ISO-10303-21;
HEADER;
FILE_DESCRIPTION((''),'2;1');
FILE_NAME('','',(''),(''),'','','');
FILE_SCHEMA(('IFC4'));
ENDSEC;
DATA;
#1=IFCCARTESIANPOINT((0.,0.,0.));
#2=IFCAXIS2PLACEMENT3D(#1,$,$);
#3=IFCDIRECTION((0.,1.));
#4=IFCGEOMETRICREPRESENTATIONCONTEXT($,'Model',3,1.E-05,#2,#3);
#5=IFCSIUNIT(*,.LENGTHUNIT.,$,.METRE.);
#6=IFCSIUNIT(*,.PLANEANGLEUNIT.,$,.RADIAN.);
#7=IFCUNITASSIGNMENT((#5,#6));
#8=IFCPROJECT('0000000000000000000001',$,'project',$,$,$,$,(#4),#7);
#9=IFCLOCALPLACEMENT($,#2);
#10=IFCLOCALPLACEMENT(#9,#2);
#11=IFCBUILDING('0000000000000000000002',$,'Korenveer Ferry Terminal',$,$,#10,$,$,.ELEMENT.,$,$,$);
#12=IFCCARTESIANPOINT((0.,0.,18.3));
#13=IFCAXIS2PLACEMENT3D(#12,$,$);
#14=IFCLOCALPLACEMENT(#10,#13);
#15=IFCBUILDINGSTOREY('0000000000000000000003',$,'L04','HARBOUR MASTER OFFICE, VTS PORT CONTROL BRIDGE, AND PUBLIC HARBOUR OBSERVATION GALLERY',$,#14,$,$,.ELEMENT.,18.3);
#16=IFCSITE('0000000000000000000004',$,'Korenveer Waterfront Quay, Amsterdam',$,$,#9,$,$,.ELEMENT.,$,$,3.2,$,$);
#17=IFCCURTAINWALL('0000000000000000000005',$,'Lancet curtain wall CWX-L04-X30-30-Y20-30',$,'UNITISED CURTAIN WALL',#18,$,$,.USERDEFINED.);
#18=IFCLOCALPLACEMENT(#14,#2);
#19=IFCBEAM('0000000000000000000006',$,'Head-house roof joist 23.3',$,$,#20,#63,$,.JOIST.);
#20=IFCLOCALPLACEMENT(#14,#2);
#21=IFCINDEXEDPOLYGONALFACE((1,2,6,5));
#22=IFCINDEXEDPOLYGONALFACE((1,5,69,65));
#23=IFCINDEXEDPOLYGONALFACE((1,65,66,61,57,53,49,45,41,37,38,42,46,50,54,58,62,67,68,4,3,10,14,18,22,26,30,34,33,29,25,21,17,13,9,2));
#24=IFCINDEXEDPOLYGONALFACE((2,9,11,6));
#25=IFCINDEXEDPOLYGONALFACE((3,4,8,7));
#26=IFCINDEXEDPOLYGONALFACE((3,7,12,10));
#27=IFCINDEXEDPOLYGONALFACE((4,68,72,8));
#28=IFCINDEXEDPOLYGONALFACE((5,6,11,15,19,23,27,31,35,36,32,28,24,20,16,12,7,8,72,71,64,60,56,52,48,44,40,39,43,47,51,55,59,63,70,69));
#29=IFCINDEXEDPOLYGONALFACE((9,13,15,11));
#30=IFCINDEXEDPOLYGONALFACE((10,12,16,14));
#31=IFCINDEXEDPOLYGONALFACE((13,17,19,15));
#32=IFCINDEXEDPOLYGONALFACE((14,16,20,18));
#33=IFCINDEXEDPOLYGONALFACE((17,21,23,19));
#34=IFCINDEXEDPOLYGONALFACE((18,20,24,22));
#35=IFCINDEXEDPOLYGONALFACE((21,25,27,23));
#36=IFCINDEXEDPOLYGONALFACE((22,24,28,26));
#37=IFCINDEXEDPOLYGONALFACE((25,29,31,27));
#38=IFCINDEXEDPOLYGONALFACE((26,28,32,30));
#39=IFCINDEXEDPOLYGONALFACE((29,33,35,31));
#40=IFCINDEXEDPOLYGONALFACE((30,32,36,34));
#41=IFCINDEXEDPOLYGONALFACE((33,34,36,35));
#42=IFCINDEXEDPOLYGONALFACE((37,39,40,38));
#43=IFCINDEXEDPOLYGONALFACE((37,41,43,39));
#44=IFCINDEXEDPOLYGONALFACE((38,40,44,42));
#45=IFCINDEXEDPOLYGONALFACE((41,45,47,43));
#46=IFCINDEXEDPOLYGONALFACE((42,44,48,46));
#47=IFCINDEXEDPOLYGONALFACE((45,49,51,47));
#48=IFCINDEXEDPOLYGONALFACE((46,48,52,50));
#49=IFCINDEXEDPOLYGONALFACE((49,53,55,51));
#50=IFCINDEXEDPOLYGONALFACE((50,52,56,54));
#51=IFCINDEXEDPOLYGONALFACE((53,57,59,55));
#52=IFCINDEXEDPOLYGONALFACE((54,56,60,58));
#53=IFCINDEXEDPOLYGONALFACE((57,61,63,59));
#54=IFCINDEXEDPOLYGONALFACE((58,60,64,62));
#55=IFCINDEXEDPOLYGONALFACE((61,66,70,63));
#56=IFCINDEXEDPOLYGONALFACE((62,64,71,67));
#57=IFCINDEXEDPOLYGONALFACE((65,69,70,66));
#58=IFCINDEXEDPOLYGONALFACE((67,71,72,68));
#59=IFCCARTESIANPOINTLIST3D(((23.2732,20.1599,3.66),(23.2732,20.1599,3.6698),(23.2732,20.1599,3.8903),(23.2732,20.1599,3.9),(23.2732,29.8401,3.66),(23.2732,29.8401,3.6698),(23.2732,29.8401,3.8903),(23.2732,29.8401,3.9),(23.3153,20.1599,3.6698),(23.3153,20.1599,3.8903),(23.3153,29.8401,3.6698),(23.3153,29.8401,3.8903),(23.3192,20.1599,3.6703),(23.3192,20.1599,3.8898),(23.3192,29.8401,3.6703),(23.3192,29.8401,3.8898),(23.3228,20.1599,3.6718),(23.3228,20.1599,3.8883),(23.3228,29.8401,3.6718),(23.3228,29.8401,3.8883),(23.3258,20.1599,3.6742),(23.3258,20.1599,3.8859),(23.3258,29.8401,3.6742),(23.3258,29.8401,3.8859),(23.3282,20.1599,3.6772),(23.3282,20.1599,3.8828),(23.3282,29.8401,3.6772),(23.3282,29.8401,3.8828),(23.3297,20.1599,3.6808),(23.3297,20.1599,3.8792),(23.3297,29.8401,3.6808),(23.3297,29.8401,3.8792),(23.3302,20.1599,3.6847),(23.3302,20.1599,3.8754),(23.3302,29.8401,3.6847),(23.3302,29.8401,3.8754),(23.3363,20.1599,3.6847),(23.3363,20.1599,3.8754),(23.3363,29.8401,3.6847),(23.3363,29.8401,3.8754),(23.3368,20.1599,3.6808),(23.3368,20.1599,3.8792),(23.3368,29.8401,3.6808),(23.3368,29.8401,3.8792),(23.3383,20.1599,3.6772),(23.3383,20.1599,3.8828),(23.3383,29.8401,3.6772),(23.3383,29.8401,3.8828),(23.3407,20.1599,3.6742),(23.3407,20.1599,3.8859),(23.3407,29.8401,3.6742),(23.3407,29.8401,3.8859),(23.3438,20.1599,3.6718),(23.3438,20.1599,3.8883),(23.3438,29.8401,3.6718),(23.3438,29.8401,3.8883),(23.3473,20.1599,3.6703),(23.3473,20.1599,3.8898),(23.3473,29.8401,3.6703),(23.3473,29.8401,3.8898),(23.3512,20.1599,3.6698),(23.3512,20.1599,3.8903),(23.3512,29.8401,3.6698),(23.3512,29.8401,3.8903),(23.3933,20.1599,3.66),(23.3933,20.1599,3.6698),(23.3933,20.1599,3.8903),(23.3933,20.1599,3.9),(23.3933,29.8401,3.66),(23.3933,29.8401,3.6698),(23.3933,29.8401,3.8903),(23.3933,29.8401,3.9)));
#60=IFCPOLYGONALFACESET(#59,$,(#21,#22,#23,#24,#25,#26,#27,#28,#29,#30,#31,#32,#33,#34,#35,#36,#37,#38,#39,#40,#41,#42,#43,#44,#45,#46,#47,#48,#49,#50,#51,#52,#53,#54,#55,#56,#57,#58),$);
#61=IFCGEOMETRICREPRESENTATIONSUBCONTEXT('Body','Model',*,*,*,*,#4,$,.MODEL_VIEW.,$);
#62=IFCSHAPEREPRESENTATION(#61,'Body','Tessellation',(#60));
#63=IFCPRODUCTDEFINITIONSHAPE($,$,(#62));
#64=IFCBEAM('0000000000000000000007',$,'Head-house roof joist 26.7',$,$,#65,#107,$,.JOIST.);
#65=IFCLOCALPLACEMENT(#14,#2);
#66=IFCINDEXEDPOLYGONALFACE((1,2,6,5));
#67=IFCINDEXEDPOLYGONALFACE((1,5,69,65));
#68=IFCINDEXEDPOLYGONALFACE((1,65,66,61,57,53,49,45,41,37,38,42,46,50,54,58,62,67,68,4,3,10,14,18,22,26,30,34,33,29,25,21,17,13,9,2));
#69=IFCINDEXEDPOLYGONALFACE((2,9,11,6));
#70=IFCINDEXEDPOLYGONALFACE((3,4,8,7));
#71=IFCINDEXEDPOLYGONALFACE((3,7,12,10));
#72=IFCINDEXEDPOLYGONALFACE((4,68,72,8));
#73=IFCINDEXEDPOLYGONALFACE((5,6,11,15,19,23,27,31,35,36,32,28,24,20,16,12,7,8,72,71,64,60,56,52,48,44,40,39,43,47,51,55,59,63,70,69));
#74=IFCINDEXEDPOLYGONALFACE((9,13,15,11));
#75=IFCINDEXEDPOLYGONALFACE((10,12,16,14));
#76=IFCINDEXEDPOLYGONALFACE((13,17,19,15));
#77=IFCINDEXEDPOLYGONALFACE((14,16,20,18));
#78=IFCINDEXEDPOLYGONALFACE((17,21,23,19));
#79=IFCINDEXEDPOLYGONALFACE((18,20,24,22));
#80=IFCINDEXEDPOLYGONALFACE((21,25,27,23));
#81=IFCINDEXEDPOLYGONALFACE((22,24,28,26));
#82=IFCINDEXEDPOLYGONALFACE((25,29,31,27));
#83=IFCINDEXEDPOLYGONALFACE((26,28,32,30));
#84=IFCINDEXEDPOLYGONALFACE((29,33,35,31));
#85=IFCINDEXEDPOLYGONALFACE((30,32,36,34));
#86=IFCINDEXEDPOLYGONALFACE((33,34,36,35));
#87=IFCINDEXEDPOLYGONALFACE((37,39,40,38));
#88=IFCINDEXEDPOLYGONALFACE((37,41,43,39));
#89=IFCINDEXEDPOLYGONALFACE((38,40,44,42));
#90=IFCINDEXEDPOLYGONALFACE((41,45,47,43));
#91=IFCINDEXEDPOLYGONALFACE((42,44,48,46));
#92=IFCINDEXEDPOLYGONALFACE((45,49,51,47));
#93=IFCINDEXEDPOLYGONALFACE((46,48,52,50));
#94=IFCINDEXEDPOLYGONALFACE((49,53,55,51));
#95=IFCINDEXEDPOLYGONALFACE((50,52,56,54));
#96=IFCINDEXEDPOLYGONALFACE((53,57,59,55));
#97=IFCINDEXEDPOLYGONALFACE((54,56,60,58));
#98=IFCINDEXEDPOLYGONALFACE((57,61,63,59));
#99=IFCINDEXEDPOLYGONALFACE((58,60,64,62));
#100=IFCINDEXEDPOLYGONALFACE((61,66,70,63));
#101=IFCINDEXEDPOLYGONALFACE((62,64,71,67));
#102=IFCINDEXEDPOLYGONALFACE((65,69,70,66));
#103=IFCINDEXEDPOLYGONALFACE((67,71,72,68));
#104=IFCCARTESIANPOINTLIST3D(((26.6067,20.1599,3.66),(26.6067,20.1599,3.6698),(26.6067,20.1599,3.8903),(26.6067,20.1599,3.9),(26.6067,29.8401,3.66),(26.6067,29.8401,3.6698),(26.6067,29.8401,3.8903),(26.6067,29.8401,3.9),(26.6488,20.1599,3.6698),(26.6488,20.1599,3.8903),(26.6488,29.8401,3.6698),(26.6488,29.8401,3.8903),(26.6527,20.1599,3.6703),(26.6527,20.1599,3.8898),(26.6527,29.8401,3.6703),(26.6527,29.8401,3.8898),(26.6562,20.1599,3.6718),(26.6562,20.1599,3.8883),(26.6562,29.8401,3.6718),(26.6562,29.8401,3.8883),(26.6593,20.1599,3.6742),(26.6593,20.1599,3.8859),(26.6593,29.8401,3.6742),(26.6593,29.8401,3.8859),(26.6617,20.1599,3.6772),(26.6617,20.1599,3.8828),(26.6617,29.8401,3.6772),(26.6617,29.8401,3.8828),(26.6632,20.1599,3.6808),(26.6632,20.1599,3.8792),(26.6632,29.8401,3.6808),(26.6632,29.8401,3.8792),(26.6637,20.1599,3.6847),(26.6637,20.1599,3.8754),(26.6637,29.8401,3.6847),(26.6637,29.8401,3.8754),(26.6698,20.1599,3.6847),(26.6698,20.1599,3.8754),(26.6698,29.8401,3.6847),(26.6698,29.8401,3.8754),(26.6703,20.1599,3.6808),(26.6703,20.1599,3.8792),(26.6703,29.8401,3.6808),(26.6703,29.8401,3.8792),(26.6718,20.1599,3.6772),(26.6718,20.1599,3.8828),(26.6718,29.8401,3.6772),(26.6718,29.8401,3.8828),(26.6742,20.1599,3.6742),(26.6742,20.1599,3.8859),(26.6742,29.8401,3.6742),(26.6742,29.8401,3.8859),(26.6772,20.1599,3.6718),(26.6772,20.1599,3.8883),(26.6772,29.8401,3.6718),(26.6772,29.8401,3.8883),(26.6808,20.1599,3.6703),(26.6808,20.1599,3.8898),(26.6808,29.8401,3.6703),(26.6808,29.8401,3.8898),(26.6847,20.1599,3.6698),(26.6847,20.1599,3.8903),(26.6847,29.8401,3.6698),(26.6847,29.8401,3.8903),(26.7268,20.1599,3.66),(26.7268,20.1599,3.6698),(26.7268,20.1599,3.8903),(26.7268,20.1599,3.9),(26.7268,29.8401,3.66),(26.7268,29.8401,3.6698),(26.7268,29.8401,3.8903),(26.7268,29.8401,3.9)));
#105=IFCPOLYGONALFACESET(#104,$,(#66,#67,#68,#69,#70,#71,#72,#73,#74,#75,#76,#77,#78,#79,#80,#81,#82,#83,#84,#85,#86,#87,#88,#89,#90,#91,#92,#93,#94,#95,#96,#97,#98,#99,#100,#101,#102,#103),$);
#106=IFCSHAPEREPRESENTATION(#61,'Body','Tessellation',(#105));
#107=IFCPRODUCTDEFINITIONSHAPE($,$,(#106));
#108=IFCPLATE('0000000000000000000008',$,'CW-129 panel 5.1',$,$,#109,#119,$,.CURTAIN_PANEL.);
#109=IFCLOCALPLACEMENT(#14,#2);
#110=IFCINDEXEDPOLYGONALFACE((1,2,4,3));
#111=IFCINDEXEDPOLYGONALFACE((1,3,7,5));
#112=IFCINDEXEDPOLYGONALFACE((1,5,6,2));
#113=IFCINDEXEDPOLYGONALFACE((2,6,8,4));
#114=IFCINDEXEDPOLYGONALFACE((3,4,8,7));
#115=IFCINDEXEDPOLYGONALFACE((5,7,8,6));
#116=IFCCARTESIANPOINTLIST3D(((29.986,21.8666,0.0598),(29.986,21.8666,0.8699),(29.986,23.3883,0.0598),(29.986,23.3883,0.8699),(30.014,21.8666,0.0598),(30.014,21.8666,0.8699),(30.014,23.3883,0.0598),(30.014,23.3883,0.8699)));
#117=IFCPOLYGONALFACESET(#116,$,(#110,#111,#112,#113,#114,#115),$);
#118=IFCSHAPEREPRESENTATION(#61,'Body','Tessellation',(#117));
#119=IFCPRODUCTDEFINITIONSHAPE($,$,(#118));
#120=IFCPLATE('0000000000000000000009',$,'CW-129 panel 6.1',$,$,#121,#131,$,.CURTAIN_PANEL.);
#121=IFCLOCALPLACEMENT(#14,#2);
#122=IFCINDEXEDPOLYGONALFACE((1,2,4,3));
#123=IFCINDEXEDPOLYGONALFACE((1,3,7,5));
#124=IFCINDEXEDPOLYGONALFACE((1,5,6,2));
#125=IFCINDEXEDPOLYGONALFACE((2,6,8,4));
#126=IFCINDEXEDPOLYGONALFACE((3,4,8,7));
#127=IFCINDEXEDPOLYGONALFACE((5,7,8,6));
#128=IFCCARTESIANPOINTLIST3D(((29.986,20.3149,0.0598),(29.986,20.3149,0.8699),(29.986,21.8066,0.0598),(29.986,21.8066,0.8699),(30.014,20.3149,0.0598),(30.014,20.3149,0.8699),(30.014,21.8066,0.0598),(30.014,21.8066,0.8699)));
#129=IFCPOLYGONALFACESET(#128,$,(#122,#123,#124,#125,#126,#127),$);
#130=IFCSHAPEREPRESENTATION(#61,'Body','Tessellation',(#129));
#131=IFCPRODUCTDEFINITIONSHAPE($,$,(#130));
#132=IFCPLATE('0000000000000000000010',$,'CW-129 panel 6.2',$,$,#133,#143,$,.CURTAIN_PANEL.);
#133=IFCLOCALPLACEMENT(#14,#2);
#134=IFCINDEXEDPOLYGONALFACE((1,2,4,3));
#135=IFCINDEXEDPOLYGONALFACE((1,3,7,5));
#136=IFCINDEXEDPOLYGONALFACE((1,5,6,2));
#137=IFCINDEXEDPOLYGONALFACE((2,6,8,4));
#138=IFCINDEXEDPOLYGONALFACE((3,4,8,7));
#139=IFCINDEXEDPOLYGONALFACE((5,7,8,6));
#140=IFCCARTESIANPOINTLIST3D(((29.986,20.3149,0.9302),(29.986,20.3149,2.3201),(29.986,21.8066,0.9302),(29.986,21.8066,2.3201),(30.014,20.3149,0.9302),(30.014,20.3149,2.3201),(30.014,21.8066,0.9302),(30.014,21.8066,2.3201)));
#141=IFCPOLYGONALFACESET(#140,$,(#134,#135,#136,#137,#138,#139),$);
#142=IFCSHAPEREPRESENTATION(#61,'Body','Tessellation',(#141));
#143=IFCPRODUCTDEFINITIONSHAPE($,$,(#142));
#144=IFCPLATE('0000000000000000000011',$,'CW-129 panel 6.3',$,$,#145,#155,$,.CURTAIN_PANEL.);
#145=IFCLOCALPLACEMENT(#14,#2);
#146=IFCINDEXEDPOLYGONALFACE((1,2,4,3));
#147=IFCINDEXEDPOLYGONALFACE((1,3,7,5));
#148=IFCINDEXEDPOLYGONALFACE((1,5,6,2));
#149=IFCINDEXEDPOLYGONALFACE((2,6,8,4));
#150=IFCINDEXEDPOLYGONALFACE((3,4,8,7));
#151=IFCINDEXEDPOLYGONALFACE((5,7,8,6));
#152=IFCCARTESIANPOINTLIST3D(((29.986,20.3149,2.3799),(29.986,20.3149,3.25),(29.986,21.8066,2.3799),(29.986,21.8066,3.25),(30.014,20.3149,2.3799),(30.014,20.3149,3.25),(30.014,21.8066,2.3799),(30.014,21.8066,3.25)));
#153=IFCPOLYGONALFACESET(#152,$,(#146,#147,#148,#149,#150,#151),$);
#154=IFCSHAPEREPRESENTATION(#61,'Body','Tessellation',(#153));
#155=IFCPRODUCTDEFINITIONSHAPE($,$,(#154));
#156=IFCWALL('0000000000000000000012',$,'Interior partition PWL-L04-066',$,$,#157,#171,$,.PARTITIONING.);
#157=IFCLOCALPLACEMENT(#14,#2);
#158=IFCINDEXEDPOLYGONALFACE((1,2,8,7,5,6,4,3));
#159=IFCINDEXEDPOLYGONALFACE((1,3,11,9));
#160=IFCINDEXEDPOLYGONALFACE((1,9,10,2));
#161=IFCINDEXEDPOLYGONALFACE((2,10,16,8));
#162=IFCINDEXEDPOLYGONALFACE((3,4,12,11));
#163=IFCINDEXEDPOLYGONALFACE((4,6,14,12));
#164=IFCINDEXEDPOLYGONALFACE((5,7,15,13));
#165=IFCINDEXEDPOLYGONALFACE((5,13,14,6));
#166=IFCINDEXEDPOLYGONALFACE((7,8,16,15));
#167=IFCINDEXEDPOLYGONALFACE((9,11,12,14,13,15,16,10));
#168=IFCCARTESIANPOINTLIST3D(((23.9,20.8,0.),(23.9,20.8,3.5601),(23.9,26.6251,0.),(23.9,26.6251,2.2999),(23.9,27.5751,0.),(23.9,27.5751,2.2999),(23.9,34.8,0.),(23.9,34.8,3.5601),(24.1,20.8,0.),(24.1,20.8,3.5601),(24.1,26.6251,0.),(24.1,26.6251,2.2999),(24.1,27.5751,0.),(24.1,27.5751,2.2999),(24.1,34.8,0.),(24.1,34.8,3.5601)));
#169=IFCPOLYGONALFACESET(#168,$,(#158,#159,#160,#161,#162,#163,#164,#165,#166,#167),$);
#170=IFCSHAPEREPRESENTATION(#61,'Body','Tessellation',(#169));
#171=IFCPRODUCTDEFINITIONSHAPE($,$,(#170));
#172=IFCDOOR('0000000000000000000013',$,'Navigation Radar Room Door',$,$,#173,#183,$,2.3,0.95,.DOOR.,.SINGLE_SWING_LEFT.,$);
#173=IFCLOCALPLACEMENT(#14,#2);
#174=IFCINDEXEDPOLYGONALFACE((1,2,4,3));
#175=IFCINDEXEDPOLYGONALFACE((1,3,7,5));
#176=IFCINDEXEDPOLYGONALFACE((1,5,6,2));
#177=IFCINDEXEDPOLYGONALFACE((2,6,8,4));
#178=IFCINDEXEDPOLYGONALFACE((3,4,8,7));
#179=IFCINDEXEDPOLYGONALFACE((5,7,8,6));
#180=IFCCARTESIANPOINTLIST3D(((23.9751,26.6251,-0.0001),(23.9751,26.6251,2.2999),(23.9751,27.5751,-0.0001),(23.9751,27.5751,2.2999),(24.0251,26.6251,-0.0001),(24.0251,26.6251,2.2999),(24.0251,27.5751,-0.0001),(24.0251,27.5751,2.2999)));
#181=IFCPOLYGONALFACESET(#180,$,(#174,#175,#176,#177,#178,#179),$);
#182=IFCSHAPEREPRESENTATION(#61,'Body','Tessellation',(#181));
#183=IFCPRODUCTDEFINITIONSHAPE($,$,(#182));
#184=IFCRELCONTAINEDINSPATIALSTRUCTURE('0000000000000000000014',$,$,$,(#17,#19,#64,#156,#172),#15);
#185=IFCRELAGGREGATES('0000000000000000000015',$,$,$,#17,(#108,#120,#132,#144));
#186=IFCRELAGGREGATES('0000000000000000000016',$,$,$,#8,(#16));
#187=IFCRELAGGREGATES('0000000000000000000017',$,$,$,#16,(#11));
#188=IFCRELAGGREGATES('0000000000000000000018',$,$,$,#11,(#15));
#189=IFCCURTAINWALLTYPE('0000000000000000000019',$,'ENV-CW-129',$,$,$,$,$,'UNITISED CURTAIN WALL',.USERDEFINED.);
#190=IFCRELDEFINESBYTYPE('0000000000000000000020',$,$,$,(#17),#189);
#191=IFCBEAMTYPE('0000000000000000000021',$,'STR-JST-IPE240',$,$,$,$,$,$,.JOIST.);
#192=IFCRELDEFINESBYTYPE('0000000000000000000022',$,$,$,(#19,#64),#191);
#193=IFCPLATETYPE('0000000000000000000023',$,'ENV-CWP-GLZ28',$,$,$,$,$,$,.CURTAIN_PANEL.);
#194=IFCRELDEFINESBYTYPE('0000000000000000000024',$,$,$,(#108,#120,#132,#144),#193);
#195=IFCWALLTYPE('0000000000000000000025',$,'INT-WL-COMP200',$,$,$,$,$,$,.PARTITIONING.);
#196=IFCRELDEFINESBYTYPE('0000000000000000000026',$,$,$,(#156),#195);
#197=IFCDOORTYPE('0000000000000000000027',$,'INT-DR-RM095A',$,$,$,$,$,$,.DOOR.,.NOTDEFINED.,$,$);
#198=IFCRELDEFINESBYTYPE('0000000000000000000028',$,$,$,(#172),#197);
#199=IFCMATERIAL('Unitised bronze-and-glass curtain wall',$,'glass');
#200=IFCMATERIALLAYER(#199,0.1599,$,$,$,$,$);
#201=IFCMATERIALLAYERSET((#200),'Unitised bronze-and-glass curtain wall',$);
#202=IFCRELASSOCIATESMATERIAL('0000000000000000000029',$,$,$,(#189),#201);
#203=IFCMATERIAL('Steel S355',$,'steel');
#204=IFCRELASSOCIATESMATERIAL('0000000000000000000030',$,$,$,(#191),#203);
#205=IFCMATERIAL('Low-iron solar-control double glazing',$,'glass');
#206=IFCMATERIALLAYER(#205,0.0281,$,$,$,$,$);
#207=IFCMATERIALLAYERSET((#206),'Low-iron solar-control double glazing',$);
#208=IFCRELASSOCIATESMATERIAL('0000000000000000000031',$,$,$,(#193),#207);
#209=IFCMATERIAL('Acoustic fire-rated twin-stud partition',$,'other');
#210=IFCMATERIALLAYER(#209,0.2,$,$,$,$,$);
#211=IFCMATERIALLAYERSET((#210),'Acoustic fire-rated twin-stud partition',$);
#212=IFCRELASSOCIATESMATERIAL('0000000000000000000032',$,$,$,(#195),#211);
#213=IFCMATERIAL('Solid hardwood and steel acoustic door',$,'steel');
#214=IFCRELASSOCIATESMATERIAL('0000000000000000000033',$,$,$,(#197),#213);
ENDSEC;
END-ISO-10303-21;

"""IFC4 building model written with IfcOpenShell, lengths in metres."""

from ifc_helpers import new_model, si_unit, direction, frame, frame_2d, origin, origin_2d, place, context, subcontext, project, spatial, rectangle, i_section, extrude, material, layer, layer_set, material_profile, profile_set, type_object, element, fill, aggregate, save


model = new_model("IFC4")

# Units and contexts
model_context = context("Model", 3, precision=1e-05, world=origin(), true_north=direction((0.0, 1.0)))
body_context = subcontext(model_context, "Body", "Model", "MODEL_VIEW")
ifc_project = project(units=[si_unit("LENGTHUNIT", "METRE"), si_unit("PLANEANGLEUNIT", "RADIAN")], contexts=[model_context])

# Site, building, storey
site_placement = place(None, origin())
site = spatial("IfcSite", under=ifc_project, at=site_placement, Name="Korenveer Waterfront Quay, Amsterdam", CompositionType="ELEMENT", RefElevation=3.2)
building_placement = place(site_placement, origin())
building = spatial("IfcBuilding", under=site, at=building_placement, Name="Korenveer Ferry Terminal", CompositionType="ELEMENT")
storey_placement = place(building_placement, frame((0.0, 0.0, 18.3)))
storey = spatial("IfcBuildingStorey", under=building, at=storey_placement, Name="L04", Description="HARBOUR MASTER OFFICE, VTS PORT CONTROL BRIDGE, AND PUBLIC HARBOUR OBSERVATION GALLERY", CompositionType="ELEMENT", Elevation=18.3)

# Curtain wall
ifc_material_1 = material(Name="Unitised bronze-and-glass curtain wall", Category="glass")
ifc_layer_1 = layer(ifc_material_1, 0.1599)
ifc_layer_set_1 = layer_set([ifc_layer_1], Name="Unitised bronze-and-glass curtain wall")
curtain_wall_type = type_object("IfcCurtainWallType", Name="ENV-CW-129", ElementType="UNITISED CURTAIN WALL", PredefinedType="USERDEFINED", material=ifc_layer_set_1)
curtain_wall_placement = place(storey_placement, frame((30.0, 29.7451, 0.0)))
curtain_wall = element("IfcCurtainWall", 1, at=curtain_wall_placement, inside=storey, type_object=curtain_wall_type, Name="Lancet curtain wall CWX-L04-X30-30-Y20-30", ObjectType="UNITISED CURTAIN WALL", PredefinedType="USERDEFINED")

# Beams
ifc_material_2 = material(Name="Steel S355", Category="steel")
ifc_material_profile_1 = material_profile(ifc_material_2, i_section(OverallWidth=0.1201, OverallDepth=0.24, WebThickness=0.0061, FlangeThickness=0.0098, FilletRadius=0.0149, at=origin_2d()), Name="IPE 240")
ifc_profile_set_1 = profile_set([ifc_material_profile_1], Name="Steel S355")
beam_type_1 = type_object("IfcBeamType", Name="STR-JST-IPE240", PredefinedType="JOIST", material=ifc_profile_set_1)
for number, where, z_axis, x_axis, name in (
    (2, (23.3333, 20.1599, 3.78), (0.0, 1.0, 0.0), (-1.0, 0.0, 0.0), "Head-house roof joist 23.3"),
    (3, (26.6667, 20.1599, 3.78), (0.0, 1.0, 0.0), (-1.0, 0.0, 0.0), "Head-house roof joist 26.7"),
):
    element("IfcBeam", number, at=place(storey_placement, frame(where, z_axis=z_axis, x_axis=x_axis)), inside=storey, type_object=beam_type_1, Name=name, PredefinedType="JOIST", context=body_context, shape_type="SweptSolid", body=[
        extrude(i_section(OverallWidth=0.1201, OverallDepth=0.24, WebThickness=0.0061, FlangeThickness=0.0098, FilletRadius=0.0149, at=origin_2d()), origin(), (0.0, 0.0, 1.0), 9.6802),
    ])

# Plates
ifc_material_3 = material(Name="Low-iron solar-control double glazing", Category="glass")
ifc_layer_2 = layer(ifc_material_3, 0.0281)
ifc_layer_set_2 = layer_set([ifc_layer_2], Name="Low-iron solar-control double glazing")
plate_type = type_object("IfcPlateType", Name="ENV-CWP-GLZ28", PredefinedType="CURTAIN_PANEL", material=ifc_layer_set_2)
plate_1_placement = place(storey_placement, frame((30.0, 22.6274, 0.0598), z_axis=(0.0, 0.0, 1.0), x_axis=(0.0, -1.0, 0.0)))
plate_1 = element("IfcPlate", 4, at=plate_1_placement, type_object=plate_type, Name="CW-129 panel 5.1", PredefinedType="CURTAIN_PANEL", context=body_context, shape_type="SweptSolid", body=[
    extrude(rectangle(XDim=1.5217, YDim=0.0281, at=origin_2d()), origin(), (0.0, 0.0, 1.0), 0.8101),
])
plate_2_placement = place(storey_placement, frame((30.0, 21.0608, 0.0598), z_axis=(0.0, 0.0, 1.0), x_axis=(0.0, -1.0, 0.0)))
plate_2 = element("IfcPlate", 5, at=plate_2_placement, type_object=plate_type, Name="CW-129 panel 6.1", PredefinedType="CURTAIN_PANEL", context=body_context, shape_type="SweptSolid", body=[
    extrude(rectangle(XDim=1.4917, YDim=0.0281, at=origin_2d()), origin(), (0.0, 0.0, 1.0), 0.8101),
])
plate_3_placement = place(storey_placement, frame((30.0, 21.0608, 0.9302), z_axis=(0.0, 0.0, 1.0), x_axis=(0.0, -1.0, 0.0)))
plate_3 = element("IfcPlate", 6, at=plate_3_placement, type_object=plate_type, Name="CW-129 panel 6.2", PredefinedType="CURTAIN_PANEL", context=body_context, shape_type="SweptSolid", body=[
    extrude(rectangle(XDim=1.4917, YDim=0.0281, at=origin_2d()), origin(), (0.0, 0.0, 1.0), 1.3899),
])
plate_4_placement = place(storey_placement, frame((30.0, 21.0608, 2.3799), z_axis=(0.0, 0.0, 1.0), x_axis=(0.0, -1.0, 0.0)))
plate_4 = element("IfcPlate", 7, at=plate_4_placement, type_object=plate_type, Name="CW-129 panel 6.3", PredefinedType="CURTAIN_PANEL", context=body_context, shape_type="SweptSolid", body=[
    extrude(rectangle(XDim=1.4917, YDim=0.0281, at=origin_2d()), origin(), (0.0, 0.0, 1.0), 0.8701),
])
aggregate(curtain_wall, [plate_1, plate_2, plate_3, plate_4])

# Wall, opening, door
ifc_material_4 = material(Name="Acoustic fire-rated twin-stud partition", Category="other")
ifc_layer_3 = layer(ifc_material_4, 0.2)
ifc_layer_set_3 = layer_set([ifc_layer_3], Name="Acoustic fire-rated twin-stud partition")
wall_type = type_object("IfcWallType", Name="INT-WL-COMP200", PredefinedType="PARTITIONING", material=ifc_layer_set_3)
wall_placement = place(storey_placement, frame((24.0, 20.8, 0.0), z_axis=(0.0, 0.0, 1.0), x_axis=(0.0, 1.0, 0.0)))
wall = element("IfcWall", 8, at=wall_placement, inside=storey, type_object=wall_type, Name="Interior partition PWL-L04-066", PredefinedType="PARTITIONING", context=body_context, shape_type="SweptSolid", body=[
    extrude(rectangle(XDim=14.0, YDim=0.2, at=frame_2d((7.0, 0.0))), origin(), (0.0, 0.0, 1.0), 3.5601),
])
opening_placement = place(wall_placement, frame((5.825, 0.0, 0.0)))
opening = element("IfcOpeningElement", 9, at=opening_placement, cuts=wall, PredefinedType="OPENING", context=body_context, shape_type="SweptSolid", body=[
    extrude(rectangle(XDim=0.95, YDim=2.3, at=frame_2d((0.4751, 1.1499))), frame((0.0, 0.1099, 0.0), z_axis=(0.0, -1.0, 0.0), x_axis=(1.0, 0.0, 0.0)), (0.0, 0.0, 1.0), 0.22),
])
ifc_material_5 = material(Name="Solid hardwood and steel acoustic door", Category="steel")
door_type = type_object("IfcDoorType", Name="INT-DR-RM095A", OperationType="NOTDEFINED", PredefinedType="DOOR", material=ifc_material_5)
door_placement = place(opening_placement, origin())
door = element("IfcDoor", 10, at=door_placement, inside=storey, type_object=door_type, Name="Navigation Radar Room Door", OperationType="SINGLE_SWING_LEFT", OverallHeight=2.3, OverallWidth=0.95, PredefinedType="DOOR", context=body_context, shape_type="SweptSolid", body=[
    extrude(rectangle(XDim=0.95, YDim=2.3, at=frame_2d((0.4751, 1.1499))), frame((0.0, 0.0249, 0.0), z_axis=(0.0, -1.0, 0.0), x_axis=(1.0, 0.0, 0.0)), (0.0, 0.0, 1.0), 0.05),
])
fill(opening, door)

save(model, "model.ifc")
